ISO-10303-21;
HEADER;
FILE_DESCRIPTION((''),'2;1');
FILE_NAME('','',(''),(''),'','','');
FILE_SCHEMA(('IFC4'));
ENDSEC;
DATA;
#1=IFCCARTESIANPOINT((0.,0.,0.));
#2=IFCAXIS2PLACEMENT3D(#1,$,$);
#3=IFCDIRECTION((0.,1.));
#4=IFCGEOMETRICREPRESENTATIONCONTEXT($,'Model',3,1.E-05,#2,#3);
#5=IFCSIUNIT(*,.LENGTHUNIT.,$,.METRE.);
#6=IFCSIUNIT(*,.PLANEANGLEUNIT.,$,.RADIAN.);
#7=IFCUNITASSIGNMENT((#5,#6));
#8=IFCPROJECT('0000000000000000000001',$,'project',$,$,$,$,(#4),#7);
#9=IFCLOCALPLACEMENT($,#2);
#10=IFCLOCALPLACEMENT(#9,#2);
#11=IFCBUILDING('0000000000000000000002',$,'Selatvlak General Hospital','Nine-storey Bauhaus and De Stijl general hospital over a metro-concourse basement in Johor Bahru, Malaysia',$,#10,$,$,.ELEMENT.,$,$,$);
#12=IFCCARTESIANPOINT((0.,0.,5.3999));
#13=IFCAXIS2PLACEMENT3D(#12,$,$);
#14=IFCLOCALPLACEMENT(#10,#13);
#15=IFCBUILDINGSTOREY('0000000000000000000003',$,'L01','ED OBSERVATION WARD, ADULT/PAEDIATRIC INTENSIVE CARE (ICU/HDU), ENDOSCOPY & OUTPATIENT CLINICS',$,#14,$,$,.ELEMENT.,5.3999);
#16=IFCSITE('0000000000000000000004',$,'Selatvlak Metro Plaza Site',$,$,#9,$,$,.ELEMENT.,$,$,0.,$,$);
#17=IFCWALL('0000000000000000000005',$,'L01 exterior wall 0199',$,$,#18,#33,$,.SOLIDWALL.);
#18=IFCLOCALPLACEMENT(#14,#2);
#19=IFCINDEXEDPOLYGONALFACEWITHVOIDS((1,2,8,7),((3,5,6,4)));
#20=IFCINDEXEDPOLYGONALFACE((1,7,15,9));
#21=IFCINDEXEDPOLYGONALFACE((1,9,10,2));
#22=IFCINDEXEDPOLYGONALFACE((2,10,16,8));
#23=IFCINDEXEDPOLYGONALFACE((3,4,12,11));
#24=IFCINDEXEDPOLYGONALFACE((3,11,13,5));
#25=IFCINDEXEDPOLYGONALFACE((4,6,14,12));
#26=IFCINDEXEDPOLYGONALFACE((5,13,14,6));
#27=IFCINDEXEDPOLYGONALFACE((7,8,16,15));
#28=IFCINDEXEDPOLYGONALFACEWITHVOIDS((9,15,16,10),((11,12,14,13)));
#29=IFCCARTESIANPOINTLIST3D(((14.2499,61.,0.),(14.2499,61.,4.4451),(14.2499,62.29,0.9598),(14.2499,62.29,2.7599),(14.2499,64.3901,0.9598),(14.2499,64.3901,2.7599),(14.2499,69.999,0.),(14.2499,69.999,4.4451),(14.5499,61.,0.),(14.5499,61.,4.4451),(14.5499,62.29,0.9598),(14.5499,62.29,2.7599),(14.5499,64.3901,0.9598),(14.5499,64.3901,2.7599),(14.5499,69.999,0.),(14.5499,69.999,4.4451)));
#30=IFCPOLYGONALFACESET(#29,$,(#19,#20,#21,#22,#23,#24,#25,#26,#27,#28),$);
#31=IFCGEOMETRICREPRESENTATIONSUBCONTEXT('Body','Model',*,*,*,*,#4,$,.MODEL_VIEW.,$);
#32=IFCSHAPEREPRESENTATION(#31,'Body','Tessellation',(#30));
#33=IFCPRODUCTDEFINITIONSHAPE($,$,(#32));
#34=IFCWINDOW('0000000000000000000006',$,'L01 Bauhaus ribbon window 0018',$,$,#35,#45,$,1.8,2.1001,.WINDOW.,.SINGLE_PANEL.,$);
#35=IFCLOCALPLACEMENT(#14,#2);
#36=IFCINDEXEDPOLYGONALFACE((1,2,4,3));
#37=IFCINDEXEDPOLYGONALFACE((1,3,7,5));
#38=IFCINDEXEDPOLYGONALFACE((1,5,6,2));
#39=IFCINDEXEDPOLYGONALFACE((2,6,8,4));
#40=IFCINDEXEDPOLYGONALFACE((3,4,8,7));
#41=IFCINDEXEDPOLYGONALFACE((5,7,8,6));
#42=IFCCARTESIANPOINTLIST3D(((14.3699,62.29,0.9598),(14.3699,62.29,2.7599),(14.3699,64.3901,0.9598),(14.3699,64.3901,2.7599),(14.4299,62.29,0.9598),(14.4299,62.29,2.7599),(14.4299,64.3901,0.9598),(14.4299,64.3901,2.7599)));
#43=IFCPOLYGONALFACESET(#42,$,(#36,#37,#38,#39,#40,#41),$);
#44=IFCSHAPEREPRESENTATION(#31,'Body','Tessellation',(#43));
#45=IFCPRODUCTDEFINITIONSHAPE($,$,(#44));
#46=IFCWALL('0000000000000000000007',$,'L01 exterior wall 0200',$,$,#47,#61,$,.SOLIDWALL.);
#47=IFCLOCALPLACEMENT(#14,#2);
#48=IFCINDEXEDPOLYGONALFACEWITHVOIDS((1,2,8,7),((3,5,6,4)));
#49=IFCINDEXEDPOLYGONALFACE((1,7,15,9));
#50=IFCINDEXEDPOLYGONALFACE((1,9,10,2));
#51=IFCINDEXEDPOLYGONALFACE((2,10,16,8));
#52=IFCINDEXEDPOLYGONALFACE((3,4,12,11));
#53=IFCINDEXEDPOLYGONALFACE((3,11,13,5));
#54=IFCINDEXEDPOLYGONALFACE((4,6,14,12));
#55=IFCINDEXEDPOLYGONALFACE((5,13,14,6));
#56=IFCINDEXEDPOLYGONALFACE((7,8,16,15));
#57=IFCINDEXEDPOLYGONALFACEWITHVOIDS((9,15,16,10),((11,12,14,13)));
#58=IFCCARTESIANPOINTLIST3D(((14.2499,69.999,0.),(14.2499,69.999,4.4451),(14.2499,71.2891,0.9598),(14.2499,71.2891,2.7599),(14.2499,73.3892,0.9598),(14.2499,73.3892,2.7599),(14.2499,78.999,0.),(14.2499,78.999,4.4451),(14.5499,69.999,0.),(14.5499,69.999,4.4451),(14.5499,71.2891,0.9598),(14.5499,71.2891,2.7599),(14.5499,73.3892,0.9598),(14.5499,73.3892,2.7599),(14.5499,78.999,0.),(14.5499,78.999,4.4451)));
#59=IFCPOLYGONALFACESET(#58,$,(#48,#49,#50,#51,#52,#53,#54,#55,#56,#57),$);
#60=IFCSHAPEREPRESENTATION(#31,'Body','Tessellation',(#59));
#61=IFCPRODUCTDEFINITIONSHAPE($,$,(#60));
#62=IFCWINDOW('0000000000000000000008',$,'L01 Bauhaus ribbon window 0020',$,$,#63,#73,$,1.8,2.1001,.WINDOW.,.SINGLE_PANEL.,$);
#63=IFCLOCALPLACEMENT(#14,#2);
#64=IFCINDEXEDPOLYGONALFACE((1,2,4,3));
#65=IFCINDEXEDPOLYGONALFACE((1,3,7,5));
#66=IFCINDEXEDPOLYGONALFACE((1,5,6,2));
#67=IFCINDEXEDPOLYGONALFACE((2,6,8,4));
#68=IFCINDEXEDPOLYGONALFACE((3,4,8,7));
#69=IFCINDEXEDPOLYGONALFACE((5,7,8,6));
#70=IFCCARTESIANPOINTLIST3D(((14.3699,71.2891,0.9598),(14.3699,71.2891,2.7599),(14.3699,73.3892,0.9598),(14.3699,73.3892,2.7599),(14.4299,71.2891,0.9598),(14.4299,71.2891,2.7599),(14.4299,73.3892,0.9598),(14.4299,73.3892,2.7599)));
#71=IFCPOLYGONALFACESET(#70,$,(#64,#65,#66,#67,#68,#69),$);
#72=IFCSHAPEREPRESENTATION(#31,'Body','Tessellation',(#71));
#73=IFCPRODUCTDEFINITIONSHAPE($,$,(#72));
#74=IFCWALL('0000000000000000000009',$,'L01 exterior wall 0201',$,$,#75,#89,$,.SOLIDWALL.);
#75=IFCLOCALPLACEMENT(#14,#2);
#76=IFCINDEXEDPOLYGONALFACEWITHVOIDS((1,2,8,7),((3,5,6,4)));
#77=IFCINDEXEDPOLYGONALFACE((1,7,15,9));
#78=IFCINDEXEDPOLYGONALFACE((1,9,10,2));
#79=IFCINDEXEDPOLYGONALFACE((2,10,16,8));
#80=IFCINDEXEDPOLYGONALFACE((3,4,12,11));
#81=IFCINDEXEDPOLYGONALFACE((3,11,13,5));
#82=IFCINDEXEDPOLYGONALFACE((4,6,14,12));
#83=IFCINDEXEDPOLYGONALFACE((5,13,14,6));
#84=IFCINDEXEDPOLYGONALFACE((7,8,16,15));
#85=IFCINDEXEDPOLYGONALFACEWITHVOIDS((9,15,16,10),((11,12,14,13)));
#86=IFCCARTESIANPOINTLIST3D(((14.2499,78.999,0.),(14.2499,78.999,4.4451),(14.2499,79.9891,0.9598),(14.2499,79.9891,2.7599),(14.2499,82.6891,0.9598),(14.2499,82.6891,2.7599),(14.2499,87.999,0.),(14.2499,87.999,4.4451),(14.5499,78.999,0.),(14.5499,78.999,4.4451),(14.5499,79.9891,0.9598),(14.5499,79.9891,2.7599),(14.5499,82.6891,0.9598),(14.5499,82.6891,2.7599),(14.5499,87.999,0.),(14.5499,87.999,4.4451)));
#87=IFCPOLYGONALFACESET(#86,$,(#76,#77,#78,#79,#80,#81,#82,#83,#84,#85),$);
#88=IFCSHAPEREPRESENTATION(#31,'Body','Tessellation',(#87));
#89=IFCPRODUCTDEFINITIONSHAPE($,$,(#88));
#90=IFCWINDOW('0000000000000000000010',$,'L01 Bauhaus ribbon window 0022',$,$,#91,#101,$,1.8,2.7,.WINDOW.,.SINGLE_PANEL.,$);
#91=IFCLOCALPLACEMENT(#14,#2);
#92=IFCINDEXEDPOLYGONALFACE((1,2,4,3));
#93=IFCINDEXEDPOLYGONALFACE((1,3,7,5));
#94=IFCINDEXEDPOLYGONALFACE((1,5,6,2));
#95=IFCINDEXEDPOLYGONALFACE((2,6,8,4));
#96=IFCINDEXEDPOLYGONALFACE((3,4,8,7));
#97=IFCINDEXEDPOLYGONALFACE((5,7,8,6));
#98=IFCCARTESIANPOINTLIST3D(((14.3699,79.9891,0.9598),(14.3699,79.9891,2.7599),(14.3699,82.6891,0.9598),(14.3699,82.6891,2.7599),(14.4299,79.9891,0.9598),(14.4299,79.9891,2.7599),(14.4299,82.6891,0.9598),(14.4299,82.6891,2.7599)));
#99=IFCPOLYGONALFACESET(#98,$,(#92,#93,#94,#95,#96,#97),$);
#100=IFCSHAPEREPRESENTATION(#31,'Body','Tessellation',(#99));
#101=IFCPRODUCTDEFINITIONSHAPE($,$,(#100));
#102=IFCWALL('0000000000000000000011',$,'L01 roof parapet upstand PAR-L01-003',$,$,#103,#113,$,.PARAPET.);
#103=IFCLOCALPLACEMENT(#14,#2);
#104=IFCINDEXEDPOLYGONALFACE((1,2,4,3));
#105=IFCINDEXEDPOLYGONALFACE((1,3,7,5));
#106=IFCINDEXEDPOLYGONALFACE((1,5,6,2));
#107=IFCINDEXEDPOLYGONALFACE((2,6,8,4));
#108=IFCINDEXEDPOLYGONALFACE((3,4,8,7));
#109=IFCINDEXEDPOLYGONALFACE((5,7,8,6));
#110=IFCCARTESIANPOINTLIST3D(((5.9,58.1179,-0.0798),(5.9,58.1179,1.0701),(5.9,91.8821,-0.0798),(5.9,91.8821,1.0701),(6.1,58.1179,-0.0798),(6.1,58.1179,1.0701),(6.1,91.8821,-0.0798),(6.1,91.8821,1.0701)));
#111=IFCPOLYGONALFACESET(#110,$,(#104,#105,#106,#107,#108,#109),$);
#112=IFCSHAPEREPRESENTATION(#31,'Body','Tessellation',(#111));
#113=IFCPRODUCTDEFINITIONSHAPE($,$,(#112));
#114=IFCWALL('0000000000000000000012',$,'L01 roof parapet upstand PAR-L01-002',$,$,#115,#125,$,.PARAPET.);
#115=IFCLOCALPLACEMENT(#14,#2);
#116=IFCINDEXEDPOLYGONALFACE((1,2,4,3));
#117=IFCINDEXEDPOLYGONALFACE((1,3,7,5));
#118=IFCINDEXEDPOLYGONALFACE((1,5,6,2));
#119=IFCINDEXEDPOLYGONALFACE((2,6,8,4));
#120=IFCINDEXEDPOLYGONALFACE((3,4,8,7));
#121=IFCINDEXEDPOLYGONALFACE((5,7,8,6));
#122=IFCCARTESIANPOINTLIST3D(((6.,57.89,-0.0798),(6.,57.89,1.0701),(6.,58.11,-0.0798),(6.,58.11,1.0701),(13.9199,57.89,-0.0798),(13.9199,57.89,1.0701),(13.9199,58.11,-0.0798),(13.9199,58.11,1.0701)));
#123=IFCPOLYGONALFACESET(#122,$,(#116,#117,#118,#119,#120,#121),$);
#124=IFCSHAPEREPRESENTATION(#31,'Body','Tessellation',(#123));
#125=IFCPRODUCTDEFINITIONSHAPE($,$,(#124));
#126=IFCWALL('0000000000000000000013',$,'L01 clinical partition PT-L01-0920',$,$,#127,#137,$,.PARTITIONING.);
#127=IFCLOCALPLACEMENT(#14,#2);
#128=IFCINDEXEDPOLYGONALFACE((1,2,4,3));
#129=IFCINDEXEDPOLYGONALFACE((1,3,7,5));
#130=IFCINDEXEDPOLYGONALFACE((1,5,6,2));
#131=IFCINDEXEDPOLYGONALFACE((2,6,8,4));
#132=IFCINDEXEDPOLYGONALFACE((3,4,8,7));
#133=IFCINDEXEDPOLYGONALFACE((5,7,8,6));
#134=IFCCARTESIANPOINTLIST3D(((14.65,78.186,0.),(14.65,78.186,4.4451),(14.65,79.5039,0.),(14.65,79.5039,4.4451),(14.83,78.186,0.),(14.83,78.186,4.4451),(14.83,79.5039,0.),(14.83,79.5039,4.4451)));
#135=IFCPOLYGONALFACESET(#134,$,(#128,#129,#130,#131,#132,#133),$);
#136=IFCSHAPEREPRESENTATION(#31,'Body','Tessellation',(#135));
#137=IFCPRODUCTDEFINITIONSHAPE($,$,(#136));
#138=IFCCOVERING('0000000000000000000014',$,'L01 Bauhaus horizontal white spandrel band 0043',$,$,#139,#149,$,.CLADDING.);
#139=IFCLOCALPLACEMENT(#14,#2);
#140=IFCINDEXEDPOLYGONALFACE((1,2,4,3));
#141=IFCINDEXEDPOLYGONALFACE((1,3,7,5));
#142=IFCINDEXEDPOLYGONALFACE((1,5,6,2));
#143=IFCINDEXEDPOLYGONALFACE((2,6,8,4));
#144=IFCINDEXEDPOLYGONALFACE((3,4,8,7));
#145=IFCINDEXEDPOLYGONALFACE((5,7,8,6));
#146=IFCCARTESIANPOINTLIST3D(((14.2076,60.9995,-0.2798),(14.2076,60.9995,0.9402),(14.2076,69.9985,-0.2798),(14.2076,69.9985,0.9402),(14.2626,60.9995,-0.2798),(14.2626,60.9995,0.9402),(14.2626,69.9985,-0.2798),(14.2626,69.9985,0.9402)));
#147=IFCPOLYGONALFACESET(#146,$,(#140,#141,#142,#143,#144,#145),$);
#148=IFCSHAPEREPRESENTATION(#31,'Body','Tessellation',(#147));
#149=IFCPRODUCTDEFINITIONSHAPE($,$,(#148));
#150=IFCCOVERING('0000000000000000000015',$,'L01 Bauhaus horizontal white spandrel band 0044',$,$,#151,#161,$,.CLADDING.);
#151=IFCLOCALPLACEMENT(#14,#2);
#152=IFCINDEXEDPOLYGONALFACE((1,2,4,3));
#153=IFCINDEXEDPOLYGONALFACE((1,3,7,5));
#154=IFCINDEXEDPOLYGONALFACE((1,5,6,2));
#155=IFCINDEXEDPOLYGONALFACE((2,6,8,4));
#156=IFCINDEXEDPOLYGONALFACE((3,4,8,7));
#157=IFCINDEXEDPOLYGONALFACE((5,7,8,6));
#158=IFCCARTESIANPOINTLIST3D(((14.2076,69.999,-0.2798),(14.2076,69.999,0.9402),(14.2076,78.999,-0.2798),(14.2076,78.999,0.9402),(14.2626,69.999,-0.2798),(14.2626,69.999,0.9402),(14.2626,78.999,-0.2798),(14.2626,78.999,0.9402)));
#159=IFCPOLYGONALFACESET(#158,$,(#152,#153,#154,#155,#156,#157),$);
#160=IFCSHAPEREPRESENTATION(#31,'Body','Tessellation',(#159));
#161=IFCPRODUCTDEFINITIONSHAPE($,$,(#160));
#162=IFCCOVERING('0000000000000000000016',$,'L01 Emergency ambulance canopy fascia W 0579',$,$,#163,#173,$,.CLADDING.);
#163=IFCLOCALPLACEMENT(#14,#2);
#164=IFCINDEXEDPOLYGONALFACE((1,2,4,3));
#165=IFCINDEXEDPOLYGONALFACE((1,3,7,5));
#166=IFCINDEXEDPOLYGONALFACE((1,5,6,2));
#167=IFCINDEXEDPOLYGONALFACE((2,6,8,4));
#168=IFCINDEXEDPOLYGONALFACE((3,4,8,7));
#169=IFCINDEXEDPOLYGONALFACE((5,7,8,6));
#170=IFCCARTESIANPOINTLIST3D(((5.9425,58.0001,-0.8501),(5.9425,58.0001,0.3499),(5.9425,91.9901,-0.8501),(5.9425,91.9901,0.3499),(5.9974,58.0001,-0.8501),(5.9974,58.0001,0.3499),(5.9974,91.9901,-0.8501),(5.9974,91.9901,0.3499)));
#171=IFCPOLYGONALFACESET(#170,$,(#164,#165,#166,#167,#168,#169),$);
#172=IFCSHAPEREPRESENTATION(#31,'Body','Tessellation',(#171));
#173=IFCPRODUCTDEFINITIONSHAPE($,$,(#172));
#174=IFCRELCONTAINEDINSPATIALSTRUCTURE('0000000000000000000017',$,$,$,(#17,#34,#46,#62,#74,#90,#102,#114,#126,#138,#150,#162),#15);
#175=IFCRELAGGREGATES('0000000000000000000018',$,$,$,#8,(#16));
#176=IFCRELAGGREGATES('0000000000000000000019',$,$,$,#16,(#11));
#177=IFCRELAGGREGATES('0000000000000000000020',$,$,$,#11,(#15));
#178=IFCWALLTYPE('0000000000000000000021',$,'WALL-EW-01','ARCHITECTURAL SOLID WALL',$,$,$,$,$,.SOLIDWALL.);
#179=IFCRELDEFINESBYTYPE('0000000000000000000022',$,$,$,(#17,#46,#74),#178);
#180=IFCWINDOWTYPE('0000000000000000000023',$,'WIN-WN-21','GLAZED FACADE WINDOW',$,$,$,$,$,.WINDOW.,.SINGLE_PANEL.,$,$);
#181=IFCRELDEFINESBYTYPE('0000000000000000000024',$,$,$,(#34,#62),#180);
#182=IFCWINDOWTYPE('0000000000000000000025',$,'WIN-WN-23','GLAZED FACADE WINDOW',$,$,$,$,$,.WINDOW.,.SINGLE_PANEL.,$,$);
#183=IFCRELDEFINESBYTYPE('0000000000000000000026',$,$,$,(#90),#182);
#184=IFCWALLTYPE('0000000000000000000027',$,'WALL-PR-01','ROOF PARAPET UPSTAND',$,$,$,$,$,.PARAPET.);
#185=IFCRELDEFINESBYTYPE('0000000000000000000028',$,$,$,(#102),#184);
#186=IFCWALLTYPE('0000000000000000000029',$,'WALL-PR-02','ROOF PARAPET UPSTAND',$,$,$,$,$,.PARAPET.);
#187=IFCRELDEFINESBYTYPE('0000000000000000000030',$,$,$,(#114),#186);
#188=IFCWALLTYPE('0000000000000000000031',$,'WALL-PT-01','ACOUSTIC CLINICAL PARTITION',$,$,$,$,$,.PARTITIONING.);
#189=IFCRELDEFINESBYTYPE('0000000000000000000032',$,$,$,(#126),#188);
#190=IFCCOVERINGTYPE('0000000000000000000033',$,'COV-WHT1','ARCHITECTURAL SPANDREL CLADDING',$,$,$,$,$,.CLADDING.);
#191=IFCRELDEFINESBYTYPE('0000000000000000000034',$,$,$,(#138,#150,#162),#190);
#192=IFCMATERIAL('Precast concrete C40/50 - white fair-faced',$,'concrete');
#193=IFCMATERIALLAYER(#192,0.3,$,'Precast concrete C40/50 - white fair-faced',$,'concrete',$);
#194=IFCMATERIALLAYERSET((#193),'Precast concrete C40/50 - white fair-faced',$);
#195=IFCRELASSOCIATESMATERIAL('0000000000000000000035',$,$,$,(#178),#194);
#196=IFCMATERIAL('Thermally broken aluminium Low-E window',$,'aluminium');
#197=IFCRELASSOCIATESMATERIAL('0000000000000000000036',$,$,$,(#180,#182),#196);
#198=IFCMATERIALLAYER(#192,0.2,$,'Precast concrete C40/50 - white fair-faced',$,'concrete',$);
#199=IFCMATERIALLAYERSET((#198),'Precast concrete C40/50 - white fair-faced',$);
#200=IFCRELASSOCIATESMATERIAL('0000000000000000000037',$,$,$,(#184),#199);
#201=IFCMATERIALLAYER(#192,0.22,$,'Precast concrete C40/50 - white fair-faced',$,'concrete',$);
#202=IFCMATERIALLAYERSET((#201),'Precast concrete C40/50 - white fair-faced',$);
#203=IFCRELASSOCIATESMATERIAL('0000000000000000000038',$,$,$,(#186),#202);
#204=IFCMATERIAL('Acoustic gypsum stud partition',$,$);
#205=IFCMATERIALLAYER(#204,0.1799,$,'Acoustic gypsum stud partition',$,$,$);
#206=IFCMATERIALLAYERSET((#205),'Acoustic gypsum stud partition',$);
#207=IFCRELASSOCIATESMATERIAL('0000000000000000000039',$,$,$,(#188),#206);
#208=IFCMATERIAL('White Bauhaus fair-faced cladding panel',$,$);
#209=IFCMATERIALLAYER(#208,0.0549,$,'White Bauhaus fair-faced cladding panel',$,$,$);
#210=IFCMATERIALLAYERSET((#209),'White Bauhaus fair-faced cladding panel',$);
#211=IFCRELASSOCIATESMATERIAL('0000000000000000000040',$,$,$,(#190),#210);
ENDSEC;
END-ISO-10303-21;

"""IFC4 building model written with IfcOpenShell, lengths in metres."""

from ifc_helpers import new_model, si_unit, direction, frame, frame_2d, origin, origin_2d, place, context, subcontext, project, spatial, rectangle, extrude, material, layer, layer_set, type_object, element, fill, save


model = new_model("IFC4")

# Units and contexts
model_context = context("Model", 3, precision=1e-05, world=origin(), true_north=direction((0.0, 1.0)))
body_context = subcontext(model_context, "Body", "Model", "MODEL_VIEW")
ifc_project = project(units=[si_unit("LENGTHUNIT", "METRE"), si_unit("PLANEANGLEUNIT", "RADIAN")], contexts=[model_context])

# Site, building, storey
site_placement = place(None, origin())
site = spatial("IfcSite", under=ifc_project, at=site_placement, Name="Selatvlak Metro Plaza Site", CompositionType="ELEMENT", RefElevation=0.0)
building_placement = place(site_placement, origin())
building = spatial("IfcBuilding", under=site, at=building_placement, Name="Selatvlak General Hospital", Description="Nine-storey Bauhaus and De Stijl general hospital over a metro-concourse basement in Johor Bahru, Malaysia", CompositionType="ELEMENT")
storey_placement = place(building_placement, frame((0.0, 0.0, 5.3999)))
storey = spatial("IfcBuildingStorey", under=building, at=storey_placement, Name="L01", Description="ED OBSERVATION WARD, ADULT/PAEDIATRIC INTENSIVE CARE (ICU/HDU), ENDOSCOPY & OUTPATIENT CLINICS", CompositionType="ELEMENT", Elevation=5.3999)

# Walls, openings, windows
ifc_material_1 = material(Name="Precast concrete C40/50 - white fair-faced", Category="concrete")
ifc_layer_1 = layer(ifc_material_1, 0.3, Name="Precast concrete C40/50 - white fair-faced", Category="concrete")
ifc_layer_set_1 = layer_set([ifc_layer_1], Name="Precast concrete C40/50 - white fair-faced")
wall_type_1 = type_object("IfcWallType", Name="WALL-EW-01", Description="ARCHITECTURAL SOLID WALL", PredefinedType="SOLIDWALL", material=ifc_layer_set_1)
wall_1_placement = place(storey_placement, frame((14.3999, 61.0, 0.0), z_axis=(0.0, 0.0, 1.0), x_axis=(0.0, 1.0, 0.0)))
wall_1 = element("IfcWall", 1, at=wall_1_placement, inside=storey, type_object=wall_type_1, Name="L01 exterior wall 0199", PredefinedType="SOLIDWALL", context=body_context, shape_type="SweptSolid", body=[
    extrude(rectangle(XDim=8.999, YDim=0.3, at=frame_2d((4.4995, 0.0))), origin(), (0.0, 0.0, 1.0), 4.4451),
])
opening_1_placement = place(wall_1_placement, frame((1.29, 0.0, 0.96)))
opening_1 = element("IfcOpeningElement", 2, at=opening_1_placement, cuts=wall_1, PredefinedType="OPENING", context=body_context, shape_type="SweptSolid", body=[
    extrude(rectangle(XDim=2.1001, YDim=1.8, at=frame_2d((1.05, 0.8999))), frame((0.0, 0.1599, 0.0), z_axis=(0.0, -1.0, 0.0), x_axis=(1.0, 0.0, 0.0)), (0.0, 0.0, 1.0), 0.3201),
])
ifc_material_2 = material(Name="Thermally broken aluminium Low-E window", Category="aluminium")
window_type_1 = type_object("IfcWindowType", Name="WIN-WN-21", Description="GLAZED FACADE WINDOW", PartitioningType="SINGLE_PANEL", PredefinedType="WINDOW", material=ifc_material_2)
window_1_placement = place(opening_1_placement, origin())
window_1 = element("IfcWindow", 3, at=window_1_placement, inside=storey, type_object=window_type_1, Name="L01 Bauhaus ribbon window 0018", OverallHeight=1.8, OverallWidth=2.1001, PartitioningType="SINGLE_PANEL", PredefinedType="WINDOW", context=body_context, shape_type="SweptSolid", body=[
    extrude(rectangle(XDim=2.1001, YDim=1.8, at=frame_2d((1.05, 0.8999))), frame((0.0, 0.03, 0.0), z_axis=(0.0, -1.0, 0.0), x_axis=(1.0, 0.0, 0.0)), (0.0, 0.0, 1.0), 0.0601),
])
fill(opening_1, window_1)
wall_2_placement = place(storey_placement, frame((14.3999, 69.999, 0.0), z_axis=(0.0, 0.0, 1.0), x_axis=(0.0, 1.0, 0.0)))
wall_2 = element("IfcWall", 4, at=wall_2_placement, inside=storey, type_object=wall_type_1, Name="L01 exterior wall 0200", PredefinedType="SOLIDWALL", context=body_context, shape_type="SweptSolid", body=[
    extrude(rectangle(XDim=9.0, YDim=0.3, at=frame_2d((4.5, 0.0))), origin(), (0.0, 0.0, 1.0), 4.4451),
])
opening_2_placement = place(wall_2_placement, frame((1.29, 0.0, 0.96)))
opening_2 = element("IfcOpeningElement", 5, at=opening_2_placement, cuts=wall_2, PredefinedType="OPENING", context=body_context, shape_type="SweptSolid", body=[
    extrude(rectangle(XDim=2.1001, YDim=1.8, at=frame_2d((1.05, 0.8999))), frame((0.0, 0.1599, 0.0), z_axis=(0.0, -1.0, 0.0), x_axis=(1.0, 0.0, 0.0)), (0.0, 0.0, 1.0), 0.3201),
])
window_2_placement = place(opening_2_placement, origin())
window_2 = element("IfcWindow", 6, at=window_2_placement, inside=storey, type_object=window_type_1, Name="L01 Bauhaus ribbon window 0020", OverallHeight=1.8, OverallWidth=2.1001, PartitioningType="SINGLE_PANEL", PredefinedType="WINDOW", context=body_context, shape_type="SweptSolid", body=[
    extrude(rectangle(XDim=2.1001, YDim=1.8, at=frame_2d((1.05, 0.8999))), frame((0.0, 0.03, 0.0), z_axis=(0.0, -1.0, 0.0), x_axis=(1.0, 0.0, 0.0)), (0.0, 0.0, 1.0), 0.0601),
])
fill(opening_2, window_2)
wall_3_placement = place(storey_placement, frame((14.3999, 78.999, 0.0), z_axis=(0.0, 0.0, 1.0), x_axis=(0.0, 1.0, 0.0)))
wall_3 = element("IfcWall", 7, at=wall_3_placement, inside=storey, type_object=wall_type_1, Name="L01 exterior wall 0201", PredefinedType="SOLIDWALL", context=body_context, shape_type="SweptSolid", body=[
    extrude(rectangle(XDim=9.0, YDim=0.3, at=frame_2d((4.5, 0.0))), origin(), (0.0, 0.0, 1.0), 4.4451),
])
opening_3_placement = place(wall_3_placement, frame((0.99, 0.0, 0.96)))
opening_3 = element("IfcOpeningElement", 8, at=opening_3_placement, cuts=wall_3, PredefinedType="OPENING", context=body_context, shape_type="SweptSolid", body=[
    extrude(rectangle(XDim=2.7, YDim=1.8, at=frame_2d((1.3501, 0.8999))), frame((0.0, 0.1599, 0.0), z_axis=(0.0, -1.0, 0.0), x_axis=(1.0, 0.0, 0.0)), (0.0, 0.0, 1.0), 0.3201),
])
window_type_2 = type_object("IfcWindowType", Name="WIN-WN-23", Description="GLAZED FACADE WINDOW", PartitioningType="SINGLE_PANEL", PredefinedType="WINDOW", material=ifc_material_2)
window_3_placement = place(opening_3_placement, origin())
window_3 = element("IfcWindow", 9, at=window_3_placement, inside=storey, type_object=window_type_2, Name="L01 Bauhaus ribbon window 0022", OverallHeight=1.8, OverallWidth=2.7, PartitioningType="SINGLE_PANEL", PredefinedType="WINDOW", context=body_context, shape_type="SweptSolid", body=[
    extrude(rectangle(XDim=2.7, YDim=1.8, at=frame_2d((1.3501, 0.8999))), frame((0.0, 0.03, 0.0), z_axis=(0.0, -1.0, 0.0), x_axis=(1.0, 0.0, 0.0)), (0.0, 0.0, 1.0), 0.0601),
])
fill(opening_3, window_3)

# Walls
ifc_layer_2 = layer(ifc_material_1, 0.2, Name="Precast concrete C40/50 - white fair-faced", Category="concrete")
ifc_layer_set_2 = layer_set([ifc_layer_2], Name="Precast concrete C40/50 - white fair-faced")
wall_type_2 = type_object("IfcWallType", Name="WALL-PR-01", Description="ROOF PARAPET UPSTAND", PredefinedType="PARAPET", material=ifc_layer_set_2)
wall_4_placement = place(storey_placement, frame((6.0, 58.1179, -0.0798), z_axis=(0.0, 0.0, 1.0), x_axis=(0.0, 1.0, 0.0)))
element("IfcWall", 10, at=wall_4_placement, inside=storey, type_object=wall_type_2, Name="L01 roof parapet upstand PAR-L01-003", PredefinedType="PARAPET", context=body_context, shape_type="SweptSolid", body=[
    extrude(rectangle(XDim=33.7642, YDim=0.2, at=frame_2d((16.8821, 0.0))), origin(), (0.0, 0.0, 1.0), 1.1499),
])
ifc_layer_3 = layer(ifc_material_1, 0.22, Name="Precast concrete C40/50 - white fair-faced", Category="concrete")
ifc_layer_set_3 = layer_set([ifc_layer_3], Name="Precast concrete C40/50 - white fair-faced")
wall_type_3 = type_object("IfcWallType", Name="WALL-PR-02", Description="ROOF PARAPET UPSTAND", PredefinedType="PARAPET", material=ifc_layer_set_3)
wall_5_placement = place(storey_placement, frame((13.9199, 58.0, -0.0798), z_axis=(0.0, 0.0, 1.0), x_axis=(-1.0, 0.0, 0.0)))
element("IfcWall", 11, at=wall_5_placement, inside=storey, type_object=wall_type_3, Name="L01 roof parapet upstand PAR-L01-002", PredefinedType="PARAPET", context=body_context, shape_type="SweptSolid", body=[
    extrude(rectangle(XDim=7.9199, YDim=0.22, at=frame_2d((3.96, 0.0))), origin(), (0.0, 0.0, 1.0), 1.1499),
])
ifc_material_3 = material(Name="Acoustic gypsum stud partition")
ifc_layer_4 = layer(ifc_material_3, 0.1799, Name="Acoustic gypsum stud partition")
ifc_layer_set_4 = layer_set([ifc_layer_4], Name="Acoustic gypsum stud partition")
wall_type_4 = type_object("IfcWallType", Name="WALL-PT-01", Description="ACOUSTIC CLINICAL PARTITION", PredefinedType="PARTITIONING", material=ifc_layer_set_4)
wall_6_placement = place(storey_placement, frame((14.74, 79.5039, 0.0), z_axis=(0.0, 0.0, 1.0), x_axis=(0.0, -1.0, 0.0)))
element("IfcWall", 12, at=wall_6_placement, inside=storey, type_object=wall_type_4, Name="L01 clinical partition PT-L01-0920", PredefinedType="PARTITIONING", context=body_context, shape_type="SweptSolid", body=[
    extrude(rectangle(XDim=1.3179, YDim=0.1799, at=frame_2d((0.6589, 0.0))), origin(), (0.0, 0.0, 1.0), 4.4451),
])

# Coverings
ifc_material_4 = material(Name="White Bauhaus fair-faced cladding panel")
ifc_layer_5 = layer(ifc_material_4, 0.0549, Name="White Bauhaus fair-faced cladding panel")
ifc_layer_set_5 = layer_set([ifc_layer_5], Name="White Bauhaus fair-faced cladding panel")
covering_type = type_object("IfcCoveringType", Name="COV-WHT1", Description="ARCHITECTURAL SPANDREL CLADDING", PredefinedType="CLADDING", material=ifc_layer_set_5)
covering_1_placement = place(storey_placement, frame((14.2351, 65.499, -0.2798), z_axis=(0.0, 0.0, 1.0), x_axis=(0.0, 1.0, 0.0)))
element("IfcCovering", 13, at=covering_1_placement, inside=storey, type_object=covering_type, Name="L01 Bauhaus horizontal white spandrel band 0043", PredefinedType="CLADDING", context=body_context, shape_type="SweptSolid", body=[
    extrude(rectangle(XDim=8.999, YDim=0.0549, at=origin_2d()), origin(), (0.0, 0.0, 1.0), 1.22),
])
covering_2_placement = place(storey_placement, frame((14.2351, 74.499, -0.2798), z_axis=(0.0, 0.0, 1.0), x_axis=(0.0, 1.0, 0.0)))
element("IfcCovering", 14, at=covering_2_placement, inside=storey, type_object=covering_type, Name="L01 Bauhaus horizontal white spandrel band 0044", PredefinedType="CLADDING", context=body_context, shape_type="SweptSolid", body=[
    extrude(rectangle(XDim=9.0, YDim=0.0549, at=origin_2d()), origin(), (0.0, 0.0, 1.0), 1.22),
])
covering_3_placement = place(storey_placement, frame((5.97, 74.9951, -0.8501), z_axis=(0.0, 0.0, 1.0), x_axis=(0.0, 1.0, 0.0)))
element("IfcCovering", 15, at=covering_3_placement, inside=storey, type_object=covering_type, Name="L01 Emergency ambulance canopy fascia W 0579", PredefinedType="CLADDING", context=body_context, shape_type="SweptSolid", body=[
    extrude(rectangle(XDim=33.99, YDim=0.0549, at=origin_2d()), origin(), (0.0, 0.0, 1.0), 1.2),
])

save(model, "model.ifc")
